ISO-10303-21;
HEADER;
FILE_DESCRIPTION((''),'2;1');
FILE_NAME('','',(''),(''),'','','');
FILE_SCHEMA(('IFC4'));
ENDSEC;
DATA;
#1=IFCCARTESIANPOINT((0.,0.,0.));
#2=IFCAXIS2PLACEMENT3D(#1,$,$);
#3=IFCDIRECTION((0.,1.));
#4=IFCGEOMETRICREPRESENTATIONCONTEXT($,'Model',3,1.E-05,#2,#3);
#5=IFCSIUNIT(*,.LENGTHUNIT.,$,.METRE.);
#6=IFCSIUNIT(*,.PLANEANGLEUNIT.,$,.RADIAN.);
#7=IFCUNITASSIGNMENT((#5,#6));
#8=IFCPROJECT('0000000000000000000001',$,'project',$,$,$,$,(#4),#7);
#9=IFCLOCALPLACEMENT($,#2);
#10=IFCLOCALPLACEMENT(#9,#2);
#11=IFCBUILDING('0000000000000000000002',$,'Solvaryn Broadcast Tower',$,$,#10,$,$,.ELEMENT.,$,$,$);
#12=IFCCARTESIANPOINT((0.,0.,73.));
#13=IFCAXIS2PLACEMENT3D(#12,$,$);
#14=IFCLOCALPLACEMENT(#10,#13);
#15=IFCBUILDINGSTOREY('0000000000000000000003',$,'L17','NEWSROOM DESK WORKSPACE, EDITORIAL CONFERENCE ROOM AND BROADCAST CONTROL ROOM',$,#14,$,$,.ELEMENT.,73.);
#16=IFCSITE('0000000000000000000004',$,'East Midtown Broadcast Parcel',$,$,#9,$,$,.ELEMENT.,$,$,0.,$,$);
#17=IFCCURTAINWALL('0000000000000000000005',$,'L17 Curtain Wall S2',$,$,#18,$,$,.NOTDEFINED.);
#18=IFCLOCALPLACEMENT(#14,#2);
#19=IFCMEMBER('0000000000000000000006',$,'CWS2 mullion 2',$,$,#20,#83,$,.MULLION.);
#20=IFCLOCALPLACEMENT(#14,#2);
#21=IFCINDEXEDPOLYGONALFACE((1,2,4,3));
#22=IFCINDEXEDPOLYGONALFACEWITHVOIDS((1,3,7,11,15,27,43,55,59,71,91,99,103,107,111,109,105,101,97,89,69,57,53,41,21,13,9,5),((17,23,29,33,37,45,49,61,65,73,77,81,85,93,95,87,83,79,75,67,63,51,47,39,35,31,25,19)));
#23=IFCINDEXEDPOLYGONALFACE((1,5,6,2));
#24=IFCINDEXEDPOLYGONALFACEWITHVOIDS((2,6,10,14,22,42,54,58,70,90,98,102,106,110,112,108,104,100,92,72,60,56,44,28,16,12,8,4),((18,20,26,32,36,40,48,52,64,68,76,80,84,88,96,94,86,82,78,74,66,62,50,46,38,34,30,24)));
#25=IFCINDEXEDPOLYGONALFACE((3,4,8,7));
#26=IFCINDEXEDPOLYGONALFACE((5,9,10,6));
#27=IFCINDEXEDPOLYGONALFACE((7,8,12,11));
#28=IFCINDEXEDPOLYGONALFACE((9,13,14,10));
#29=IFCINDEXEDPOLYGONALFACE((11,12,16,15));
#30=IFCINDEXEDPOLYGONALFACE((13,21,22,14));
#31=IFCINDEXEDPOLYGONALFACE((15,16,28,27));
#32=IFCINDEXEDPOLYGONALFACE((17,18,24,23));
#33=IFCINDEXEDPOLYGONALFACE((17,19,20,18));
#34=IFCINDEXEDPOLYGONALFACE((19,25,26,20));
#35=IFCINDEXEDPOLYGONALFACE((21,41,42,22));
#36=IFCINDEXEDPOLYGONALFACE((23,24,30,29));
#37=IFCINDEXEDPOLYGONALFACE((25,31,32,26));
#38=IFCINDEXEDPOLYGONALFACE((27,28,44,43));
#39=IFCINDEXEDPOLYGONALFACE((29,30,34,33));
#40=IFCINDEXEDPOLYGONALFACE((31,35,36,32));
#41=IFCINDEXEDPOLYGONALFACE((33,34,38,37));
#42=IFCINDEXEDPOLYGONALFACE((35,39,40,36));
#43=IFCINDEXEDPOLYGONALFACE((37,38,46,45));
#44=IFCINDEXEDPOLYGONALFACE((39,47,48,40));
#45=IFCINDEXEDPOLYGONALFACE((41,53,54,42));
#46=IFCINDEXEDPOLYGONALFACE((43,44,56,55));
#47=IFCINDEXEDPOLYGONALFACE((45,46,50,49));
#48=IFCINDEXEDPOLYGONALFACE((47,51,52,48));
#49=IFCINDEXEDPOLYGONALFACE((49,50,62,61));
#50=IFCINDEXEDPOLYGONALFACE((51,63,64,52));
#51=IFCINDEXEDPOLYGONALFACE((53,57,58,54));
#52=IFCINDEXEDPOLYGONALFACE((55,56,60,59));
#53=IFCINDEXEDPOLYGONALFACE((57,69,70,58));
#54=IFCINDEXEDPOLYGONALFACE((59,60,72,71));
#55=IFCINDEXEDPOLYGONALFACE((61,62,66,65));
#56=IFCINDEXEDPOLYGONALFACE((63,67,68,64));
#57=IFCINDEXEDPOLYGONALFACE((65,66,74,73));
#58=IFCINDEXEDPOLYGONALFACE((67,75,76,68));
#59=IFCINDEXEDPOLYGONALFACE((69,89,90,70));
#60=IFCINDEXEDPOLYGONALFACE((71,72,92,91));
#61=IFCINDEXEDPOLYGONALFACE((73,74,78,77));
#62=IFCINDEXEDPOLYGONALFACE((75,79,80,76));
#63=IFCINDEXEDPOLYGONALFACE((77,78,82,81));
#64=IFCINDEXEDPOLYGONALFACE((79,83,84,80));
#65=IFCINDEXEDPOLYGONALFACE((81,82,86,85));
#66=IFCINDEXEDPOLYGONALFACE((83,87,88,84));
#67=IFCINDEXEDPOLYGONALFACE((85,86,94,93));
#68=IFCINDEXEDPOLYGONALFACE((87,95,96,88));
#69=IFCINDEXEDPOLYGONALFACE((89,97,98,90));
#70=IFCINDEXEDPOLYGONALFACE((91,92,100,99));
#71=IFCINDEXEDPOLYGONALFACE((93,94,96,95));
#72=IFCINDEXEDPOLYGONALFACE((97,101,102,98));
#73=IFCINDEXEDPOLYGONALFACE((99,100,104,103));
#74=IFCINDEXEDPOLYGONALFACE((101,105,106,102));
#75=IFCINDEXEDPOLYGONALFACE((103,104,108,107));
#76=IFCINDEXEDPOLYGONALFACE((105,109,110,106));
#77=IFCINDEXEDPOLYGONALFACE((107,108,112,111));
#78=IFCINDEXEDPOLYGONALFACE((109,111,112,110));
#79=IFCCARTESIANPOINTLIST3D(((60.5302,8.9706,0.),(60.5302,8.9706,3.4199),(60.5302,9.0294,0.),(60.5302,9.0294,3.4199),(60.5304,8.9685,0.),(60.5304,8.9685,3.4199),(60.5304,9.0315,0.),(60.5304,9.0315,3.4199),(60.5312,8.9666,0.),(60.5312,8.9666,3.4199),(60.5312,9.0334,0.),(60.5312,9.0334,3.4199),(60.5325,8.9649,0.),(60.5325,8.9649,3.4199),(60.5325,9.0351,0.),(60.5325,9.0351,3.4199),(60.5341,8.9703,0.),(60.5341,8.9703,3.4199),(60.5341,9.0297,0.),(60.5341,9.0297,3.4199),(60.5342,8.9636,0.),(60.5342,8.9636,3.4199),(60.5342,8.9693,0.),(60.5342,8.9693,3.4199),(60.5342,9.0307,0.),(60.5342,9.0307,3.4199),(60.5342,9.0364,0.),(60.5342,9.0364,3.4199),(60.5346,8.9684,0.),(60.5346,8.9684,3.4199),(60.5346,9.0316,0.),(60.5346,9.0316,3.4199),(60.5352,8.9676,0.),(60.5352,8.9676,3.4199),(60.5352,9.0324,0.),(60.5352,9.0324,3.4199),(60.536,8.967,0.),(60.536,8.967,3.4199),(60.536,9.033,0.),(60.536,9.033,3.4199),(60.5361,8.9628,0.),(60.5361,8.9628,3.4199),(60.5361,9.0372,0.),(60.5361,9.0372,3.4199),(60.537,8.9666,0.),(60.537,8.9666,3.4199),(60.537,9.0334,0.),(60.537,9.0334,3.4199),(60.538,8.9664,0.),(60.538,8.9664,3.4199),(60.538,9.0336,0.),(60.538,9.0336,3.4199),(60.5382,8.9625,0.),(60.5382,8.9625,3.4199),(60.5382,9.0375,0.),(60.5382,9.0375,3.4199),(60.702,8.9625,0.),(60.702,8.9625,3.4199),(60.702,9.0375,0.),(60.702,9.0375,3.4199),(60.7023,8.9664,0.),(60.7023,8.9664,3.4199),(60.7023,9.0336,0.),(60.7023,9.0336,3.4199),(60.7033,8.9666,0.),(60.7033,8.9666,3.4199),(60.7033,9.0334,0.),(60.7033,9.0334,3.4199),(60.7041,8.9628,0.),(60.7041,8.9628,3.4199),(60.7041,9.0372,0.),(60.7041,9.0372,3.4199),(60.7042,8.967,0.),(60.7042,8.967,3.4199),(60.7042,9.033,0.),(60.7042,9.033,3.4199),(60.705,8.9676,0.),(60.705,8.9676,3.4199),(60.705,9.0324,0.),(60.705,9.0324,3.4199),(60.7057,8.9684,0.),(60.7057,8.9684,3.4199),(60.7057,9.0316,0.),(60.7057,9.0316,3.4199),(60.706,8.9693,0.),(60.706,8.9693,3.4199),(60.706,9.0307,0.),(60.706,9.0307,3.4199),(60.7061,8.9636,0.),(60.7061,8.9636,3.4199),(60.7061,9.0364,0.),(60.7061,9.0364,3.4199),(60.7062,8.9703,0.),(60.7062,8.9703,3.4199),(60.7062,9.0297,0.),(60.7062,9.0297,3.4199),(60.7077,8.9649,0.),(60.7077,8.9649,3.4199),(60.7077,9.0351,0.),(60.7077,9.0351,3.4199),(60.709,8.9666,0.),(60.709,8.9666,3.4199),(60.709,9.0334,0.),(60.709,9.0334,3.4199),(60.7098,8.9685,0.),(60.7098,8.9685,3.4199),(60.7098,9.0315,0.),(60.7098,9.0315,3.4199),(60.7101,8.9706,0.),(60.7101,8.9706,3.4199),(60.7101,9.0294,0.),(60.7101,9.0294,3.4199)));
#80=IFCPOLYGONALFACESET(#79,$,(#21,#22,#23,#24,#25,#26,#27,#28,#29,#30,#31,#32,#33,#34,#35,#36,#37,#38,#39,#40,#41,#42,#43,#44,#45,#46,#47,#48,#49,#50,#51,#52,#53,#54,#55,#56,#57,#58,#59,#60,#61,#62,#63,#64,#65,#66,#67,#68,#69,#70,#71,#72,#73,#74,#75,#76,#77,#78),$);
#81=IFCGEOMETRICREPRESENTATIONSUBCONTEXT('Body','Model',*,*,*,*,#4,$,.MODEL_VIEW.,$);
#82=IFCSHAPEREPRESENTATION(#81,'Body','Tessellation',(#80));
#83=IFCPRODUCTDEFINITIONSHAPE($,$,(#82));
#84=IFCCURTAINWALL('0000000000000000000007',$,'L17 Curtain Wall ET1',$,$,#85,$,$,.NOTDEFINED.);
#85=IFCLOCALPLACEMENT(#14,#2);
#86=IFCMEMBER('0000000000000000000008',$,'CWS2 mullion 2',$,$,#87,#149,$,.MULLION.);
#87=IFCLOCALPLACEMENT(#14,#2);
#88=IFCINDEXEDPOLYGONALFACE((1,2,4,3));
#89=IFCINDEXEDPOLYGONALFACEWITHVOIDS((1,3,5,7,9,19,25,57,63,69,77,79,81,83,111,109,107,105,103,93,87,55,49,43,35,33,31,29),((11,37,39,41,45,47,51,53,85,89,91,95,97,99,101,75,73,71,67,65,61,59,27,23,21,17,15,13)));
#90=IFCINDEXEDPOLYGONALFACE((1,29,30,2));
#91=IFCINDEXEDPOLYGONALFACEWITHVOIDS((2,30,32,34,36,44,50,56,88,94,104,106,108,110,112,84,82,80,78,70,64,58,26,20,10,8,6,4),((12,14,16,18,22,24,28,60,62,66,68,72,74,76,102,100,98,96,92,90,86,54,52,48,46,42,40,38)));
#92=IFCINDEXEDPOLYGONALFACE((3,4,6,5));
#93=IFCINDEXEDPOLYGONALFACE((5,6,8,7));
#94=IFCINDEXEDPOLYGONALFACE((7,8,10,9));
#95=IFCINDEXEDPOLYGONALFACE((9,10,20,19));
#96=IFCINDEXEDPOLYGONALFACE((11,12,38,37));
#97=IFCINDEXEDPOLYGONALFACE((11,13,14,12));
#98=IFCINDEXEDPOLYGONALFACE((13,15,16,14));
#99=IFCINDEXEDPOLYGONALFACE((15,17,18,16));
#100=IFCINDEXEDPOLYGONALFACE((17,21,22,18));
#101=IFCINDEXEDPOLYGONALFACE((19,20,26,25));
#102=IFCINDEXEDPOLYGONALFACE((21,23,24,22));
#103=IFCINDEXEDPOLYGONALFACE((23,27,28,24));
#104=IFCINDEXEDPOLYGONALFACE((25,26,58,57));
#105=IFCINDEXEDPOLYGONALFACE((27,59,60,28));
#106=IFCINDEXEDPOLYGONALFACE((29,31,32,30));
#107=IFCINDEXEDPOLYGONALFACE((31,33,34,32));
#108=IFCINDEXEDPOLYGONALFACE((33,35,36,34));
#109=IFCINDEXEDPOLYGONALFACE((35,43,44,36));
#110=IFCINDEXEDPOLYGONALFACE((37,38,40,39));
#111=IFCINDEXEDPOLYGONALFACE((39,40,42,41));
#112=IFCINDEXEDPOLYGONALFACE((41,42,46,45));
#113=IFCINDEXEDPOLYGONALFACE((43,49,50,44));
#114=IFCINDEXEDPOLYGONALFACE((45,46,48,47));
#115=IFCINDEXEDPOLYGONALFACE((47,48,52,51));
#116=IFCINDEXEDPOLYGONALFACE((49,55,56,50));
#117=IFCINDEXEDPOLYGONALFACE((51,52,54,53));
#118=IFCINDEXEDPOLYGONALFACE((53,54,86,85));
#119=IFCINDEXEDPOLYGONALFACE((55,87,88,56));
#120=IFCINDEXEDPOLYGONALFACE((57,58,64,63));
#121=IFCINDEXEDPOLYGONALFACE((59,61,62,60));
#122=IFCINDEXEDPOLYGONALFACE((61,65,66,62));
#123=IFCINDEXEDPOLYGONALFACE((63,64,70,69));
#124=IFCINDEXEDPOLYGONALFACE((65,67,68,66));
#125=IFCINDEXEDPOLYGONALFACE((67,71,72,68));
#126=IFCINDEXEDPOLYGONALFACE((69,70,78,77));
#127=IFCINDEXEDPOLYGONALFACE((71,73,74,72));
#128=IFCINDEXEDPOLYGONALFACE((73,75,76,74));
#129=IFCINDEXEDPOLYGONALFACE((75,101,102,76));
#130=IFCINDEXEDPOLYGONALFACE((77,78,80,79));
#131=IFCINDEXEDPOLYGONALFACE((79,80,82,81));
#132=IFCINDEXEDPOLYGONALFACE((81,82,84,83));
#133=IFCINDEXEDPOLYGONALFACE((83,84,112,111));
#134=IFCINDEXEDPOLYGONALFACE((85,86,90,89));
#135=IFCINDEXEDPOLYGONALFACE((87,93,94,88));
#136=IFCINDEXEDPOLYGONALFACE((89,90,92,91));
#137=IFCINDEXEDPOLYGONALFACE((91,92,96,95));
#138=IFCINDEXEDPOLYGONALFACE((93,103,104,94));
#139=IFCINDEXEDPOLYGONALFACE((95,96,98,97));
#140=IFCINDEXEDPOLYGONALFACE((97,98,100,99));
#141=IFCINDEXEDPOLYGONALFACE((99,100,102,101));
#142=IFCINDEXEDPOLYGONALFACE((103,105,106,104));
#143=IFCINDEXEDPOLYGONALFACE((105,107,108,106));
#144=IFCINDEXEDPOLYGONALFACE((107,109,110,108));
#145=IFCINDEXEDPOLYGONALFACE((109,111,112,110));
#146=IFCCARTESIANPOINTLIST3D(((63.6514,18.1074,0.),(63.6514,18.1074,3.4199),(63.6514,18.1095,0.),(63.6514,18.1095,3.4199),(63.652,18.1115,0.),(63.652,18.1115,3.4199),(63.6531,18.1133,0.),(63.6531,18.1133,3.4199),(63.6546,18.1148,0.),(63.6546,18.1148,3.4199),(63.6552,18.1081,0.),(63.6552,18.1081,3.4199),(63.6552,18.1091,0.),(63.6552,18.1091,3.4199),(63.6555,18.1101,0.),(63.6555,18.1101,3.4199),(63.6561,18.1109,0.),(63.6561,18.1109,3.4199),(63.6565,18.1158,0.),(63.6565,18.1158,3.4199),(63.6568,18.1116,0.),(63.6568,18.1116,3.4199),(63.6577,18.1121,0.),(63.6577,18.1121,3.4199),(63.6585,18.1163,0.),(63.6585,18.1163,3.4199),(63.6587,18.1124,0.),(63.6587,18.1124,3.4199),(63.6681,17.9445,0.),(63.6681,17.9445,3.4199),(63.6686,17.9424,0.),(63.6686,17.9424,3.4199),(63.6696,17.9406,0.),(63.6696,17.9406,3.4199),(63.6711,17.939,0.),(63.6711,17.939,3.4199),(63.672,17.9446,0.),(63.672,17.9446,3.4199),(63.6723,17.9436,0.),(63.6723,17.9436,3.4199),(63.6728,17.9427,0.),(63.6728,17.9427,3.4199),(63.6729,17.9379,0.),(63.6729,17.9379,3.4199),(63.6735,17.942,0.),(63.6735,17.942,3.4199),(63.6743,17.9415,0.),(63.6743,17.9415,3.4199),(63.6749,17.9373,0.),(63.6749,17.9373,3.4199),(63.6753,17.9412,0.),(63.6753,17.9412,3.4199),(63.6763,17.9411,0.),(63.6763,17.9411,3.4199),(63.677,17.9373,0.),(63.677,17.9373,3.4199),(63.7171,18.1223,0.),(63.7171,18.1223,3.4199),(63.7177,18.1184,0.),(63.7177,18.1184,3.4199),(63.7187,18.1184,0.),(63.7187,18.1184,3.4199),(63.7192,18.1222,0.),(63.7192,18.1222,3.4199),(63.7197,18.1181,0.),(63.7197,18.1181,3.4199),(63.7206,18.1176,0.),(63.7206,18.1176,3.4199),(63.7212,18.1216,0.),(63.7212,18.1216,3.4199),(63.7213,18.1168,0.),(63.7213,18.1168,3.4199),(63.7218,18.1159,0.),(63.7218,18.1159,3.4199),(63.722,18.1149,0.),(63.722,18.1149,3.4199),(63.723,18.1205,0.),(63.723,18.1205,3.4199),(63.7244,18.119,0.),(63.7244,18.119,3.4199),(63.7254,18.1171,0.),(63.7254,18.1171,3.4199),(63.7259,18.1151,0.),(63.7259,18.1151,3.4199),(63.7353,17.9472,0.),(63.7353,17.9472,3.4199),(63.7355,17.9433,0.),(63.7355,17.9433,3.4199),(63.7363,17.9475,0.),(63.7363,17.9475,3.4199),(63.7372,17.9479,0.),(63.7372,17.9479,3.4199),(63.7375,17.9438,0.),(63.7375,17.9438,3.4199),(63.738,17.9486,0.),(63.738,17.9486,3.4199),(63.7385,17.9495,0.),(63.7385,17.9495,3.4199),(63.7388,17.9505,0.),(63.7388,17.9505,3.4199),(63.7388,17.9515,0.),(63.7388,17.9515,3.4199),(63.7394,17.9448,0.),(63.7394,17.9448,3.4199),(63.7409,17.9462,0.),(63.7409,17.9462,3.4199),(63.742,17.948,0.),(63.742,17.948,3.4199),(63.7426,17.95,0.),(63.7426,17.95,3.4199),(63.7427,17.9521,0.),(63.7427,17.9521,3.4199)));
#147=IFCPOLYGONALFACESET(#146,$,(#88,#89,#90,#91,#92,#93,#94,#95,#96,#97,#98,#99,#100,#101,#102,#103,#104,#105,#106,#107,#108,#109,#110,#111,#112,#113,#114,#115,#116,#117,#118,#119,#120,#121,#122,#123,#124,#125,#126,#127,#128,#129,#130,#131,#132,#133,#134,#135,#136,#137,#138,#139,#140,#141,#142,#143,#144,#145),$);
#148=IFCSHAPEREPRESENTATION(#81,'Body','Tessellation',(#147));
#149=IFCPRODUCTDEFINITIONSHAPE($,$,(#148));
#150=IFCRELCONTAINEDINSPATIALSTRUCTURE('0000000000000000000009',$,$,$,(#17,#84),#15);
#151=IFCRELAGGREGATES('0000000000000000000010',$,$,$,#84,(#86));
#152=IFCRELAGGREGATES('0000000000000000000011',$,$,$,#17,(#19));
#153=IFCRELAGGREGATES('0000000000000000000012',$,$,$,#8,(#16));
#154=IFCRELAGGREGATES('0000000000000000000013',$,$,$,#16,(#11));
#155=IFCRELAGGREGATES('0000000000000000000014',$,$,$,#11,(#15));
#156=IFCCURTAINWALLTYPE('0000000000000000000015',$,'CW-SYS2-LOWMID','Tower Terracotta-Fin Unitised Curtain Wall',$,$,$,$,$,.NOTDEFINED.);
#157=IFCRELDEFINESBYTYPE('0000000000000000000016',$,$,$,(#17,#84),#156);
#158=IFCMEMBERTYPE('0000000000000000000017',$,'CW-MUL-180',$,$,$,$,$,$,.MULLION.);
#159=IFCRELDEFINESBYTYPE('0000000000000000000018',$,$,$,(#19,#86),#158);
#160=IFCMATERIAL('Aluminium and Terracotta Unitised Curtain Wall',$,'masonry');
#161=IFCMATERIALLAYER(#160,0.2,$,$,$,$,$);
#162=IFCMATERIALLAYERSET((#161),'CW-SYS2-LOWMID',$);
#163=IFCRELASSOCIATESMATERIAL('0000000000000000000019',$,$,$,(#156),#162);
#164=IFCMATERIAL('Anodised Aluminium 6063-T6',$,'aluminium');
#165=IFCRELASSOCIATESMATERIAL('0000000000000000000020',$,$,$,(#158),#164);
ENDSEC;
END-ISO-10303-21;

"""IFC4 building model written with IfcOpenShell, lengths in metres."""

from ifc_helpers import new_model, si_unit, direction, frame, origin, origin_2d, place, context, subcontext, project, spatial, hollow_rectangle, extrude, material, layer, layer_set, material_profile, profile_set, type_object, element, aggregate, save


model = new_model("IFC4")

# Units and contexts
model_context = context("Model", 3, precision=1e-05, world=origin(), true_north=direction((0.0, 1.0)))
body_context = subcontext(model_context, "Body", "Model", "MODEL_VIEW")
ifc_project = project(units=[si_unit("LENGTHUNIT", "METRE"), si_unit("PLANEANGLEUNIT", "RADIAN")], contexts=[model_context])

# Site, building, storey
site_placement = place(None, origin())
site = spatial("IfcSite", under=ifc_project, at=site_placement, Name="East Midtown Broadcast Parcel", CompositionType="ELEMENT", RefElevation=0.0)
building_placement = place(site_placement, origin())
building = spatial("IfcBuilding", under=site, at=building_placement, Name="Solvaryn Broadcast Tower", CompositionType="ELEMENT")
storey_placement = place(building_placement, frame((0.0, 0.0, 73.0)))
storey = spatial("IfcBuildingStorey", under=building, at=storey_placement, Name="L17", Description="NEWSROOM DESK WORKSPACE, EDITORIAL CONFERENCE ROOM AND BROADCAST CONTROL ROOM", CompositionType="ELEMENT", Elevation=73.0)

# Curtain walls, members
ifc_material_1 = material(Name="Aluminium and Terracotta Unitised Curtain Wall", Category="masonry")
ifc_layer_1 = layer(ifc_material_1, 0.2)
ifc_layer_set_1 = layer_set([ifc_layer_1], Name="CW-SYS2-LOWMID")
curtain_wall_type = type_object("IfcCurtainWallType", Name="CW-SYS2-LOWMID", Description="Tower Terracotta-Fin Unitised Curtain Wall", PredefinedType="NOTDEFINED", material=ifc_layer_set_1)
curtain_wall_1_placement = place(storey_placement, origin())
curtain_wall_1 = element("IfcCurtainWall", 1, at=curtain_wall_1_placement, inside=storey, type_object=curtain_wall_type, Name="L17 Curtain Wall S2", PredefinedType="NOTDEFINED")
ifc_material_2 = material(Name="Anodised Aluminium 6063-T6", Category="aluminium")
ifc_material_profile_1 = material_profile(ifc_material_2, hollow_rectangle(XDim=0.075, YDim=0.1799, WallThickness=0.0039, InnerFilletRadius=0.0039, OuterFilletRadius=0.0081, at=origin_2d()))
ifc_profile_set_1 = profile_set([ifc_material_profile_1], Name="Anodised Aluminium 6063-T6")
member_type_1 = type_object("IfcMemberType", Name="CW-MUL-180", PredefinedType="MULLION", material=ifc_profile_set_1)
member_1_placement = place(storey_placement, frame((60.6201, 9.0, 0.0), z_axis=(0.0, 0.0, 1.0), x_axis=(0.0, 1.0, 0.0)))
member_1 = element("IfcMember", 2, at=member_1_placement, type_object=member_type_1, Name="CWS2 mullion 2", PredefinedType="MULLION", context=body_context, shape_type="SweptSolid", body=[
    extrude(hollow_rectangle(XDim=0.075, YDim=0.1799, WallThickness=0.0039, InnerFilletRadius=0.0039, OuterFilletRadius=0.0081, at=origin_2d()), origin(), (0.0, 0.0, 1.0), 3.4199),
])
curtain_wall_2_placement = place(storey_placement, origin())
curtain_wall_2 = element("IfcCurtainWall", 3, at=curtain_wall_2_placement, inside=storey, type_object=curtain_wall_type, Name="L17 Curtain Wall ET1", PredefinedType="NOTDEFINED")
member_2_placement = place(storey_placement, frame((63.697, 18.0298, 0.0), z_axis=(0.0, 0.0, 1.0), x_axis=(0.994743, 0.1024, 0.0)))
member_2 = element("IfcMember", 4, at=member_2_placement, type_object=member_type_1, Name="CWS2 mullion 2", PredefinedType="MULLION", context=body_context, shape_type="SweptSolid", body=[
    extrude(hollow_rectangle(XDim=0.075, YDim=0.1799, WallThickness=0.0039, InnerFilletRadius=0.0039, OuterFilletRadius=0.0081, at=origin_2d()), origin(), (0.0, 0.0, 1.0), 3.4199),
])
aggregate(curtain_wall_2, [member_2])

aggregate(curtain_wall_1, [member_1])

save(model, "model.ifc")
